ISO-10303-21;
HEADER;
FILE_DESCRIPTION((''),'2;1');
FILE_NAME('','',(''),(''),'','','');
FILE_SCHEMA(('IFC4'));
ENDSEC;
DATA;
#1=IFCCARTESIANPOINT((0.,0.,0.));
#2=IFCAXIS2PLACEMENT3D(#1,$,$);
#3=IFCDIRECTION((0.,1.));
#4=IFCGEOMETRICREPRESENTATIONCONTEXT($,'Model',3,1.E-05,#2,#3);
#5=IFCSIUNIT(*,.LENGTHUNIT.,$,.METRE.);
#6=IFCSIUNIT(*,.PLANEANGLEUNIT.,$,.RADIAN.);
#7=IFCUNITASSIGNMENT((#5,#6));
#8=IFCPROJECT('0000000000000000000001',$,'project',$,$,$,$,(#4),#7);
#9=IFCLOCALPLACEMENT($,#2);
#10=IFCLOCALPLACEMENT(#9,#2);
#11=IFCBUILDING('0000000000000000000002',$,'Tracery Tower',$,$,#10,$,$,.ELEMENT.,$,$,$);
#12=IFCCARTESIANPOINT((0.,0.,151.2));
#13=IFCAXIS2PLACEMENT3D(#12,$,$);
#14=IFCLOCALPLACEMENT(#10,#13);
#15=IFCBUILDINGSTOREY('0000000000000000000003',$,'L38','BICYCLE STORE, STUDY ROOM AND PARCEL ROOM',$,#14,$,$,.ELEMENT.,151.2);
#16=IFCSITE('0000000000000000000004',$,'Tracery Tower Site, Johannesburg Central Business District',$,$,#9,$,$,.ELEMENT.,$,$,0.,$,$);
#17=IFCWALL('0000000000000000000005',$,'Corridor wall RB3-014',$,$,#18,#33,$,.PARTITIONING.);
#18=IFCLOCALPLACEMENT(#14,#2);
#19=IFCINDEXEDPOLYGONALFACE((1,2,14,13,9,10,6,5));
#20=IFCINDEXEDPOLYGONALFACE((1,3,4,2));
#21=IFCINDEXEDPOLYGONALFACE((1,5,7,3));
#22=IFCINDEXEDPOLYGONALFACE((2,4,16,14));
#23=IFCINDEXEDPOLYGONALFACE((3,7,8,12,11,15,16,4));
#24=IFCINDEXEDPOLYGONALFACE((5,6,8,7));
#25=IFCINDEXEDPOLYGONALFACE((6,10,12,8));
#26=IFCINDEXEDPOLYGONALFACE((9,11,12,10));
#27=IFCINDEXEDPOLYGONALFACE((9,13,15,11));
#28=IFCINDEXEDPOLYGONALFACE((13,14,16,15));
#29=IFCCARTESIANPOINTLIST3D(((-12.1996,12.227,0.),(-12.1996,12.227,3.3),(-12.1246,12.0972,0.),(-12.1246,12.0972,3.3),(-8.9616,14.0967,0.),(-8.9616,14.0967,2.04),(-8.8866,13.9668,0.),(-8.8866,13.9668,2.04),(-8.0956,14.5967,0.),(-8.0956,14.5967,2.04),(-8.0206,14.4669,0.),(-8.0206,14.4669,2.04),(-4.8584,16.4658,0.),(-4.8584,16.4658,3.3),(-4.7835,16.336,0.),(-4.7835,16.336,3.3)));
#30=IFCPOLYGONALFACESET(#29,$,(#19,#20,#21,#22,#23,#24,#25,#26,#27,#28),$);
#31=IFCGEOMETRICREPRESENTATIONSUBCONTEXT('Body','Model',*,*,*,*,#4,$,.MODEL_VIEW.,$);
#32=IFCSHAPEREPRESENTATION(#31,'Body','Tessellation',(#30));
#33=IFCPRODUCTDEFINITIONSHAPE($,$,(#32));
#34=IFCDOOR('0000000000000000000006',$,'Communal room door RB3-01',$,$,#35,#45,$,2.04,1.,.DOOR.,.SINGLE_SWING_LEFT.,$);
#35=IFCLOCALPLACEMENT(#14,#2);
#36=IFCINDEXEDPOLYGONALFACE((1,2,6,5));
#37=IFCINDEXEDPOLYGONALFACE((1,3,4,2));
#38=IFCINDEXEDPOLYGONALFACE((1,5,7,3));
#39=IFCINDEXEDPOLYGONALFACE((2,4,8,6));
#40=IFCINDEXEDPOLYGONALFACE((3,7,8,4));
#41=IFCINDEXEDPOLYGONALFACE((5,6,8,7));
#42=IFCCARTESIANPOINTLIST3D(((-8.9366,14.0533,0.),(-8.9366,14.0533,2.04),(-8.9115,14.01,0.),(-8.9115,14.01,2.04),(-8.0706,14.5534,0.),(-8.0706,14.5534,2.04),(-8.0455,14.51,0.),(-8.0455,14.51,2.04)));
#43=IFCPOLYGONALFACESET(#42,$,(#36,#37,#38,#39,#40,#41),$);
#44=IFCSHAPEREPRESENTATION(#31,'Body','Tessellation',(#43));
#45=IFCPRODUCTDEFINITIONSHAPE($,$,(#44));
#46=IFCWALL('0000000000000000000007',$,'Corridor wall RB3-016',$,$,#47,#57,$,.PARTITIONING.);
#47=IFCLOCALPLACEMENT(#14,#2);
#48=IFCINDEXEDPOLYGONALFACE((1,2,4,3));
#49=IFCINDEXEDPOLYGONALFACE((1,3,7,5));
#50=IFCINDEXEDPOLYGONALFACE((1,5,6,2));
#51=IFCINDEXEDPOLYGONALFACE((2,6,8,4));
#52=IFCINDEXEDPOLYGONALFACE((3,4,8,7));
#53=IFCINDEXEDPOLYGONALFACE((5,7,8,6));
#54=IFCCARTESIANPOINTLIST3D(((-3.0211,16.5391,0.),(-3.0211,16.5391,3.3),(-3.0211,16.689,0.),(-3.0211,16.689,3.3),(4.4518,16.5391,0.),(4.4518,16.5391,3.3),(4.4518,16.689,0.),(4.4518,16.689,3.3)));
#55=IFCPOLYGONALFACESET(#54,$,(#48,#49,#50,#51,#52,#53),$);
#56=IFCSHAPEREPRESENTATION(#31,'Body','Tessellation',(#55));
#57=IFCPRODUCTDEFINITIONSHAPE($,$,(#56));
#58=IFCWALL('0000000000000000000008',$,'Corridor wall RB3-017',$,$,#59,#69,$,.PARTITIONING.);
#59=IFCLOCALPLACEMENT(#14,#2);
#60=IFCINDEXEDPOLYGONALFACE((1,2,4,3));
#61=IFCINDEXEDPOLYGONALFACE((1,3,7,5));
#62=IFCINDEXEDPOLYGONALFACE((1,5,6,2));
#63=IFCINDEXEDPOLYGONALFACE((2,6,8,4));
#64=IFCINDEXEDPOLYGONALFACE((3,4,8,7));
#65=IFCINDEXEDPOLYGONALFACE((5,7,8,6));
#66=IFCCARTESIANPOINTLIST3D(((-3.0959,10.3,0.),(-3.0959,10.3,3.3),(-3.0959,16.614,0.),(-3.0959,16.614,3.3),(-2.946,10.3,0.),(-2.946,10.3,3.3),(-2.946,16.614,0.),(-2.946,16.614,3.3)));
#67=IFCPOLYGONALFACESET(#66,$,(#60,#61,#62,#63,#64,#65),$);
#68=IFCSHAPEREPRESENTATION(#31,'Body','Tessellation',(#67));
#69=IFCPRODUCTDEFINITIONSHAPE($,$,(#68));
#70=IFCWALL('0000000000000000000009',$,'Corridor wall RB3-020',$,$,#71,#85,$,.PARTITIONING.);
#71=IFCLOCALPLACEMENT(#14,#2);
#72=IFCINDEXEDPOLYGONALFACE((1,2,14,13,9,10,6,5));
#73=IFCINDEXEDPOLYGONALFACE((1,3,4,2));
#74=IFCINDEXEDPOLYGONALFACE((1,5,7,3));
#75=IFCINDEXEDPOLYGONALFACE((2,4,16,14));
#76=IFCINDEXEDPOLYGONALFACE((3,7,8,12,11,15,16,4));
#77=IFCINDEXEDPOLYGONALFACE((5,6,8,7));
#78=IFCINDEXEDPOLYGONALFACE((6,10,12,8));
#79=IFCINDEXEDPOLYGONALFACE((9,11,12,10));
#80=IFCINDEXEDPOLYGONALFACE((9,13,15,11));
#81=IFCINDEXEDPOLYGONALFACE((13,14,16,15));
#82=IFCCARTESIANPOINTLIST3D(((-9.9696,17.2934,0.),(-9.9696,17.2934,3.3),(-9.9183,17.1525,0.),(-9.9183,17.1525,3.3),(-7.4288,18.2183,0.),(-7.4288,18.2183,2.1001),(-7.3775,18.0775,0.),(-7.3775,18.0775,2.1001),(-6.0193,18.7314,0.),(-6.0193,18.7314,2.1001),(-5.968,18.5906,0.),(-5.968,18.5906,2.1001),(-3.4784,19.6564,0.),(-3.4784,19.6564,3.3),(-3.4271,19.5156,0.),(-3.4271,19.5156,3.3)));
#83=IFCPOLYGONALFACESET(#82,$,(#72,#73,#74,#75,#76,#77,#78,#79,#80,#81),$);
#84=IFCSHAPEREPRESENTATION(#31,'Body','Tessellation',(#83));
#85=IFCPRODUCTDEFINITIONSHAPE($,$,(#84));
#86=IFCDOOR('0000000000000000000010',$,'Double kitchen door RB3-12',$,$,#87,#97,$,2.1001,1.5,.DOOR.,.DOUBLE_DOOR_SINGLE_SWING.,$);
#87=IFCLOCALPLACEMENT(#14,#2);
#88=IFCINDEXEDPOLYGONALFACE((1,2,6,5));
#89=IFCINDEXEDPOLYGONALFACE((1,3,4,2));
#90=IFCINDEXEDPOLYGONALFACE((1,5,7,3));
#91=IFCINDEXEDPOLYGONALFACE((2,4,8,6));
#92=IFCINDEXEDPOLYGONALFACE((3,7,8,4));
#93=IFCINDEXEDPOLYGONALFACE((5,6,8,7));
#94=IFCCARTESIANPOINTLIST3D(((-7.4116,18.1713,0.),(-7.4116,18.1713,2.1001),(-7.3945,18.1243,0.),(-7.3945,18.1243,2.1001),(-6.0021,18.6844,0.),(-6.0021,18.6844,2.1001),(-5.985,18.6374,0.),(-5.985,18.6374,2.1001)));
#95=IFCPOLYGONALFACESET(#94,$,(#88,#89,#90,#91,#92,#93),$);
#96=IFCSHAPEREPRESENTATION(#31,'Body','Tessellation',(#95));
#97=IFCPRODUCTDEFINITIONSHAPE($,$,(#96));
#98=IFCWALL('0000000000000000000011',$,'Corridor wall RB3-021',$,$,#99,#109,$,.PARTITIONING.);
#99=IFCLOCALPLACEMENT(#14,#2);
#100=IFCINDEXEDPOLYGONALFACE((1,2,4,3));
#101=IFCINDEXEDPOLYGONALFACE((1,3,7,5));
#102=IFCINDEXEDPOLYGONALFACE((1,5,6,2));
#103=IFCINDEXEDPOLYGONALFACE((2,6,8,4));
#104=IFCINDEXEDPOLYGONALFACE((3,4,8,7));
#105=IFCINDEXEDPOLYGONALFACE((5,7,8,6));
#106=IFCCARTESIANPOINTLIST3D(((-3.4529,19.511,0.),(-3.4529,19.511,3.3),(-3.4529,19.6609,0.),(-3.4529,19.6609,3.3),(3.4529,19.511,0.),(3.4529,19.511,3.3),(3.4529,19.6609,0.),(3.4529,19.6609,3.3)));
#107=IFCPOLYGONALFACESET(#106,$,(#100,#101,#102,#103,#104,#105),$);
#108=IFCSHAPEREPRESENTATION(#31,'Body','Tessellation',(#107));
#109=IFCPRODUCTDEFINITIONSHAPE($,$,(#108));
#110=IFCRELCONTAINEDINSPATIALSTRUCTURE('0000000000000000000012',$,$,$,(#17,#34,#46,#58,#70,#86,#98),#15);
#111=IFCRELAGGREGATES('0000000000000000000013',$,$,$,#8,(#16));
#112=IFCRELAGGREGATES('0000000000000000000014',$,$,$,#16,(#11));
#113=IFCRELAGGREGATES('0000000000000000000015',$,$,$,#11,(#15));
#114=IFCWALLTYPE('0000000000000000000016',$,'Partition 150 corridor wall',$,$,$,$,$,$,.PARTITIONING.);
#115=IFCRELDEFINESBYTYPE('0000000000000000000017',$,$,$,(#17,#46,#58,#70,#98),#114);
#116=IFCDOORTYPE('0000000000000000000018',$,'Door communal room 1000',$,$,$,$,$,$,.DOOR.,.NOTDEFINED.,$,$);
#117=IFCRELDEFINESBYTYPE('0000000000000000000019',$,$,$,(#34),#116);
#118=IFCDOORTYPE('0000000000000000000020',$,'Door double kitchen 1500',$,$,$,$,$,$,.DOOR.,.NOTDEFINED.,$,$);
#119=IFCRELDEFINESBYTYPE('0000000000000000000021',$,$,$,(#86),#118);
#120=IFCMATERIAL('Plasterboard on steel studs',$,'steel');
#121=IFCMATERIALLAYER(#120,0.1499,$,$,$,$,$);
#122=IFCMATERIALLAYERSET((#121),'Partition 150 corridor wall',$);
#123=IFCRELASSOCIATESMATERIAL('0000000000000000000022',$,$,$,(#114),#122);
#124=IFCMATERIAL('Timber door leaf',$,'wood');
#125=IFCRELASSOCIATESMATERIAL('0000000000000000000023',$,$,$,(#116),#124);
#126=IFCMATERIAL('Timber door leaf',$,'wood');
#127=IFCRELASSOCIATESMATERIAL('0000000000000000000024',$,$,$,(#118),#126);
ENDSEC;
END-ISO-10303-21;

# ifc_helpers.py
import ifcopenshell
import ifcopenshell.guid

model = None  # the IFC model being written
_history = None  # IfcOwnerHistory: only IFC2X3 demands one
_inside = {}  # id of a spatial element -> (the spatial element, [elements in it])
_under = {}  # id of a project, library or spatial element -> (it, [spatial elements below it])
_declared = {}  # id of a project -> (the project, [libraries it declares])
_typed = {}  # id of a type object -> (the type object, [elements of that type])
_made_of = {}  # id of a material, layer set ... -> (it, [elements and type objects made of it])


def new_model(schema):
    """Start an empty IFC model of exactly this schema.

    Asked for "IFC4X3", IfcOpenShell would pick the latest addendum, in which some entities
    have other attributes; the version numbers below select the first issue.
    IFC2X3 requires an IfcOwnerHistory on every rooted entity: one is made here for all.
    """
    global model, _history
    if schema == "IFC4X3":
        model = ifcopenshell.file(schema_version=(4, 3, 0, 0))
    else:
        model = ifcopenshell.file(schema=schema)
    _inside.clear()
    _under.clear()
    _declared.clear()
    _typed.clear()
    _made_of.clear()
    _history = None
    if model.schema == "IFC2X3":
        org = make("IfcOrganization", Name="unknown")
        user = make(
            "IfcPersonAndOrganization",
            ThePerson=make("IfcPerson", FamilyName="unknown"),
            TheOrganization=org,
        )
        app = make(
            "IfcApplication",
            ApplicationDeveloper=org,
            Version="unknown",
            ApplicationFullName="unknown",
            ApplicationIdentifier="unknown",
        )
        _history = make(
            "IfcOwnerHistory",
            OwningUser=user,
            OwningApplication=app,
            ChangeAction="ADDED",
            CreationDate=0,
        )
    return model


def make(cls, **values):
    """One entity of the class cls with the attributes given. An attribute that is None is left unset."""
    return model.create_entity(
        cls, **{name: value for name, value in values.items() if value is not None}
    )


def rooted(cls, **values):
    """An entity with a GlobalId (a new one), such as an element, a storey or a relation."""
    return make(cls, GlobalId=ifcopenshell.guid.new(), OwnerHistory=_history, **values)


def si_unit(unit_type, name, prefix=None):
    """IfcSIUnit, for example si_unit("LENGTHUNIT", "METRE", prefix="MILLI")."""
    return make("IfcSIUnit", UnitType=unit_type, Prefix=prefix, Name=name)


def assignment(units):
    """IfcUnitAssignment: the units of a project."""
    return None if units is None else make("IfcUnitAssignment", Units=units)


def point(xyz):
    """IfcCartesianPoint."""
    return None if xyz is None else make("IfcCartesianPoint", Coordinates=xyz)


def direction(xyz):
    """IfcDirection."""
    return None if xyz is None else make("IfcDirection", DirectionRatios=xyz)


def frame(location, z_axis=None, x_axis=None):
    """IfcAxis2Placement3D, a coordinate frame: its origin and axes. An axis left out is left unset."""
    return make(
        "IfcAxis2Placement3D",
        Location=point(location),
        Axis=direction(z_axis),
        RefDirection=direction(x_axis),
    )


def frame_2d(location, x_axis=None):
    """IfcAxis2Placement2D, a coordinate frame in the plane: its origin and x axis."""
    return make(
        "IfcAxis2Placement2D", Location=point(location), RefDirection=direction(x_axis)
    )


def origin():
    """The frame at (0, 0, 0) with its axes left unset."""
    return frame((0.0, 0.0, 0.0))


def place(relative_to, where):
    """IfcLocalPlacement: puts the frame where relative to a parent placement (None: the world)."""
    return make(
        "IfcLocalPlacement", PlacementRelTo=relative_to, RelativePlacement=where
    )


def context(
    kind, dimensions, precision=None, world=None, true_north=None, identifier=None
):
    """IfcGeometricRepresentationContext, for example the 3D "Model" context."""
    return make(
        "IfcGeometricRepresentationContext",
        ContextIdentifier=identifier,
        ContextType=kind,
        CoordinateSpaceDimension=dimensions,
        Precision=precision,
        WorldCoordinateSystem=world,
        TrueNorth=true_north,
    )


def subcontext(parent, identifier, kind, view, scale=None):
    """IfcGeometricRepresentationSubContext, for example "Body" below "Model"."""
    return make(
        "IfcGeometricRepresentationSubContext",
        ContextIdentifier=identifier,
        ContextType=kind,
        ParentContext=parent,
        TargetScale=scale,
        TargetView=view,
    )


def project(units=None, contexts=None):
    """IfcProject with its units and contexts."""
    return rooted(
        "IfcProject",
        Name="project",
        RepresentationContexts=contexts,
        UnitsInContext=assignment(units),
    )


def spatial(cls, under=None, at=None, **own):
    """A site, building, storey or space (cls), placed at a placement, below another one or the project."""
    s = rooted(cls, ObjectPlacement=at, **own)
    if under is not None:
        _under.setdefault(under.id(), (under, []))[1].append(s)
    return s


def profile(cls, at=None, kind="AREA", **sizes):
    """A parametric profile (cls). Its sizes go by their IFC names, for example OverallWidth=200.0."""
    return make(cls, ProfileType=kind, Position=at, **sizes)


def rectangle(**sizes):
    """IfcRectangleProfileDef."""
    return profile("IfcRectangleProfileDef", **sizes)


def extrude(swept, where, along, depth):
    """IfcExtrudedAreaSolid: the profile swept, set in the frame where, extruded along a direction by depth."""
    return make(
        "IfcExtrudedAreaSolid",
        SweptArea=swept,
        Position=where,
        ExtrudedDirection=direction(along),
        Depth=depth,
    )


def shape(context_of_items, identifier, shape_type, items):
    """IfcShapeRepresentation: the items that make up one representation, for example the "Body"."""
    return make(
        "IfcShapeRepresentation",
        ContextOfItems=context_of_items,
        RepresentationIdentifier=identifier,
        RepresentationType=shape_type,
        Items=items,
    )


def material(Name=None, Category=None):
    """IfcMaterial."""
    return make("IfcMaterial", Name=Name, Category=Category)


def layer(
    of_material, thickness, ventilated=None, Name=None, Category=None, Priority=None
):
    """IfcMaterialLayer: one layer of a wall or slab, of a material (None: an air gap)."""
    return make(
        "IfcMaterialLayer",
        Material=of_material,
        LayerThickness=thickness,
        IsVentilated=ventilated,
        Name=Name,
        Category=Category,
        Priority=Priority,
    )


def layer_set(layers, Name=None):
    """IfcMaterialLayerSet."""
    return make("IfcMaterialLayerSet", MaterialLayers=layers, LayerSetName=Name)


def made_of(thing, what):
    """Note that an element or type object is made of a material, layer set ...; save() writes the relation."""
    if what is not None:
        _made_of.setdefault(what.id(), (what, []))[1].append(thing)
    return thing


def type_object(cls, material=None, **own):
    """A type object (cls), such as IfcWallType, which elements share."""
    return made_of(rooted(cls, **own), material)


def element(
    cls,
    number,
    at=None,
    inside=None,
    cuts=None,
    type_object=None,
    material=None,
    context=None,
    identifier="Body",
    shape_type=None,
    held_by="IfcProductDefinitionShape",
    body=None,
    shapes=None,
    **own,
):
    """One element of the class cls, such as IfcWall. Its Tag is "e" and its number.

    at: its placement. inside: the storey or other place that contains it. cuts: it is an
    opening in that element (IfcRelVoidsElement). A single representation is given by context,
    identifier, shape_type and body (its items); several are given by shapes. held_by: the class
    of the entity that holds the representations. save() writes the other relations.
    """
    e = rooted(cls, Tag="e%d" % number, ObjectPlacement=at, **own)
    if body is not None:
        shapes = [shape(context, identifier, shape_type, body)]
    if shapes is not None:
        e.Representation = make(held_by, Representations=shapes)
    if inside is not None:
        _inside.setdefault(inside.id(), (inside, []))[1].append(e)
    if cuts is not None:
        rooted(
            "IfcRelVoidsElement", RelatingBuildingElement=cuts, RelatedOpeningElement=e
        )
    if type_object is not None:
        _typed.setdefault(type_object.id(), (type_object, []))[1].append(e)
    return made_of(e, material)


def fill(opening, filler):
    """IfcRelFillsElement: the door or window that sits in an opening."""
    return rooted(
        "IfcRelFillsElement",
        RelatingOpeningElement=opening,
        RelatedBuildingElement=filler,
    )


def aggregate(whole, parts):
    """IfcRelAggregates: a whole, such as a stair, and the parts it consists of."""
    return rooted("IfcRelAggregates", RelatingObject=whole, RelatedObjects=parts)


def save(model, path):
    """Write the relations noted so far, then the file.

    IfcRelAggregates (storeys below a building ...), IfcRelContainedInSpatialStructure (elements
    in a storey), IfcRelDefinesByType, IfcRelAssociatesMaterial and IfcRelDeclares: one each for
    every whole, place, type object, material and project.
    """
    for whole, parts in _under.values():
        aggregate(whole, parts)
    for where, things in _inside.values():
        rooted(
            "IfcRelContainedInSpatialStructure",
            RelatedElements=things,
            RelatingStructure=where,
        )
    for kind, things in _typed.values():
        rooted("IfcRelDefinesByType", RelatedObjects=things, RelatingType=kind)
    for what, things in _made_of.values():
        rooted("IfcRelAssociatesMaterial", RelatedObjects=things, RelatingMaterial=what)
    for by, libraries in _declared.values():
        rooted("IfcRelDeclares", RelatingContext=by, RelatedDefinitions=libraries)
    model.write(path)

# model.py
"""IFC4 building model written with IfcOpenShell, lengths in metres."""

from ifc_helpers import new_model, si_unit, direction, frame, frame_2d, origin, place, context, subcontext, project, spatial, rectangle, extrude, material, layer, layer_set, type_object, element, fill, save


model = new_model("IFC4")

# Units and contexts
model_context = context("Model", 3, precision=1e-05, world=origin(), true_north=direction((0.0, 1.0)))
body_context = subcontext(model_context, "Body", "Model", "MODEL_VIEW")
ifc_project = project(units=[si_unit("LENGTHUNIT", "METRE"), si_unit("PLANEANGLEUNIT", "RADIAN")], contexts=[model_context])

# Site, building, storey
site_placement = place(None, origin())
site = spatial("IfcSite", under=ifc_project, at=site_placement, Name="Tracery Tower Site, Johannesburg Central Business District", CompositionType="ELEMENT", RefElevation=0.0)
building_placement = place(site_placement, origin())
building = spatial("IfcBuilding", under=site, at=building_placement, Name="Tracery Tower", CompositionType="ELEMENT")
storey_placement = place(building_placement, frame((0.0, 0.0, 151.2)))
storey = spatial("IfcBuildingStorey", under=building, at=storey_placement, Name="L38", Description="BICYCLE STORE, STUDY ROOM AND PARCEL ROOM", CompositionType="ELEMENT", Elevation=151.2)

# Shared definitions
ifc_material_1 = material(Name="Plasterboard on steel studs", Category="steel")
ifc_layer_1 = layer(ifc_material_1, 0.1499)
ifc_layer_set_1 = layer_set([ifc_layer_1], Name="Partition 150 corridor wall")
wall_type_1 = type_object("IfcWallType", Name="Partition 150 corridor wall", PredefinedType="PARTITIONING", material=ifc_layer_set_1)

# Wall, opening, door
wall_1_placement = place(storey_placement, frame((-12.1621, 12.1621, 0.0), z_axis=(0.0, 0.0, 1.0), x_axis=(0.866005, 0.500036, 0.0)))
wall_1 = element("IfcWall", 1, at=wall_1_placement, inside=storey, type_object=wall_type_1, Name="Corridor wall RB3-014", PredefinedType="PARTITIONING", context=body_context, shape_type="SweptSolid", body=[
    extrude(rectangle(XDim=8.4771, YDim=0.1499, at=frame_2d((4.2385, 0.0))), origin(), (0.0, 0.0, 1.0), 3.3),
])
opening_1_placement = place(wall_1_placement, frame((3.739, 0.0, 0.0)))
opening_1 = element("IfcOpeningElement", 2, at=opening_1_placement, cuts=wall_1, PredefinedType="OPENING", context=body_context, shape_type="SweptSolid", body=[
    extrude(rectangle(XDim=1.0, YDim=2.04, at=frame_2d((0.5, 1.02))), frame((0.0, 0.075, 0.0), z_axis=(0.0, -1.0, 0.0), x_axis=(1.0, 0.0, 0.0)), (0.0, 0.0, 1.0), 0.1499),
])
ifc_material_2 = material(Name="Timber door leaf", Category="wood")
door_type_1 = type_object("IfcDoorType", Name="Door communal room 1000", OperationType="NOTDEFINED", PredefinedType="DOOR", material=ifc_material_2)
door_1_placement = place(opening_1_placement, origin())
door_1 = element("IfcDoor", 3, at=door_1_placement, inside=storey, type_object=door_type_1, Name="Communal room door RB3-01", OperationType="SINGLE_SWING_LEFT", OverallHeight=2.04, OverallWidth=1.0, PredefinedType="DOOR", context=body_context, shape_type="SweptSolid", body=[
    extrude(rectangle(XDim=1.0, YDim=2.04, at=frame_2d((0.5, 1.02))), frame((0.0, 0.0249, 0.0), z_axis=(0.0, -1.0, 0.0), x_axis=(1.0, 0.0, 0.0)), (0.0, 0.0, 1.0), 0.05),
])
fill(opening_1, door_1)

# Walls
wall_2_placement = place(storey_placement, frame((-3.021, 16.614, 0.0), z_axis=(0.0, 0.0, 1.0), x_axis=(1.0, 0.0, 0.0)))
element("IfcWall", 4, at=wall_2_placement, inside=storey, type_object=wall_type_1, Name="Corridor wall RB3-016", PredefinedType="PARTITIONING", context=body_context, shape_type="SweptSolid", body=[
    extrude(rectangle(XDim=7.4729, YDim=0.1499, at=frame_2d((3.7363, 0.0))), origin(), (0.0, 0.0, 1.0), 3.3),
])
wall_3_placement = place(storey_placement, frame((-3.021, 10.3, 0.0), z_axis=(0.0, 0.0, 1.0), x_axis=(0.0, 1.0, 0.0)))
element("IfcWall", 5, at=wall_3_placement, inside=storey, type_object=wall_type_1, Name="Corridor wall RB3-017", PredefinedType="PARTITIONING", context=body_context, shape_type="SweptSolid", body=[
    extrude(rectangle(XDim=6.314, YDim=0.1499, at=frame_2d((3.157, 0.0))), origin(), (0.0, 0.0, 1.0), 3.3),
])

# Wall, opening, door
wall_4_placement = place(storey_placement, frame((-9.9441, 17.2229, 0.0), z_axis=(0.0, 0.0, 1.0), x_axis=(0.939673, 0.342075, 0.0)))
wall_4 = element("IfcWall", 6, at=wall_4_placement, inside=storey, type_object=wall_type_1, Name="Corridor wall RB3-020", PredefinedType="PARTITIONING", context=body_context, shape_type="SweptSolid", body=[
    extrude(rectangle(XDim=6.908, YDim=0.1499, at=frame_2d((3.4541, 0.0))), origin(), (0.0, 0.0, 1.0), 3.3),
])
opening_2_placement = place(wall_4_placement, frame((2.7041, 0.0, 0.0)))
opening_2 = element("IfcOpeningElement", 7, at=opening_2_placement, cuts=wall_4, PredefinedType="OPENING", context=body_context, shape_type="SweptSolid", body=[
    extrude(rectangle(XDim=1.5, YDim=2.1001, at=frame_2d((0.75, 1.05))), frame((0.0, 0.075, 0.0), z_axis=(0.0, -1.0, 0.0), x_axis=(1.0, 0.0, 0.0)), (0.0, 0.0, 1.0), 0.1499),
])
ifc_material_3 = material(Name="Timber door leaf", Category="wood")
door_type_2 = type_object("IfcDoorType", Name="Door double kitchen 1500", OperationType="NOTDEFINED", PredefinedType="DOOR", material=ifc_material_3)
door_2_placement = place(opening_2_placement, origin())
door_2 = element("IfcDoor", 8, at=door_2_placement, inside=storey, type_object=door_type_2, Name="Double kitchen door RB3-12", OperationType="DOUBLE_DOOR_SINGLE_SWING", OverallHeight=2.1001, OverallWidth=1.5, PredefinedType="DOOR", context=body_context, shape_type="SweptSolid", body=[
    extrude(rectangle(XDim=1.5, YDim=2.1001, at=frame_2d((0.75, 1.05))), frame((0.0, 0.0249, 0.0), z_axis=(0.0, -1.0, 0.0), x_axis=(1.0, 0.0, 0.0)), (0.0, 0.0, 1.0), 0.05),
])
fill(opening_2, door_2)

# Wall
wall_5_placement = place(storey_placement, frame((-3.4529, 19.5859, 0.0), z_axis=(0.0, 0.0, 1.0), x_axis=(1.0, 0.0, 0.0)))
element("IfcWall", 9, at=wall_5_placement, inside=storey, type_object=wall_type_1, Name="Corridor wall RB3-021", PredefinedType="PARTITIONING", context=body_context, shape_type="SweptSolid", body=[
    extrude(rectangle(XDim=6.9058, YDim=0.1499, at=frame_2d((3.4529, 0.0))), origin(), (0.0, 0.0, 1.0), 3.3),
])

save(model, "model.ifc")
